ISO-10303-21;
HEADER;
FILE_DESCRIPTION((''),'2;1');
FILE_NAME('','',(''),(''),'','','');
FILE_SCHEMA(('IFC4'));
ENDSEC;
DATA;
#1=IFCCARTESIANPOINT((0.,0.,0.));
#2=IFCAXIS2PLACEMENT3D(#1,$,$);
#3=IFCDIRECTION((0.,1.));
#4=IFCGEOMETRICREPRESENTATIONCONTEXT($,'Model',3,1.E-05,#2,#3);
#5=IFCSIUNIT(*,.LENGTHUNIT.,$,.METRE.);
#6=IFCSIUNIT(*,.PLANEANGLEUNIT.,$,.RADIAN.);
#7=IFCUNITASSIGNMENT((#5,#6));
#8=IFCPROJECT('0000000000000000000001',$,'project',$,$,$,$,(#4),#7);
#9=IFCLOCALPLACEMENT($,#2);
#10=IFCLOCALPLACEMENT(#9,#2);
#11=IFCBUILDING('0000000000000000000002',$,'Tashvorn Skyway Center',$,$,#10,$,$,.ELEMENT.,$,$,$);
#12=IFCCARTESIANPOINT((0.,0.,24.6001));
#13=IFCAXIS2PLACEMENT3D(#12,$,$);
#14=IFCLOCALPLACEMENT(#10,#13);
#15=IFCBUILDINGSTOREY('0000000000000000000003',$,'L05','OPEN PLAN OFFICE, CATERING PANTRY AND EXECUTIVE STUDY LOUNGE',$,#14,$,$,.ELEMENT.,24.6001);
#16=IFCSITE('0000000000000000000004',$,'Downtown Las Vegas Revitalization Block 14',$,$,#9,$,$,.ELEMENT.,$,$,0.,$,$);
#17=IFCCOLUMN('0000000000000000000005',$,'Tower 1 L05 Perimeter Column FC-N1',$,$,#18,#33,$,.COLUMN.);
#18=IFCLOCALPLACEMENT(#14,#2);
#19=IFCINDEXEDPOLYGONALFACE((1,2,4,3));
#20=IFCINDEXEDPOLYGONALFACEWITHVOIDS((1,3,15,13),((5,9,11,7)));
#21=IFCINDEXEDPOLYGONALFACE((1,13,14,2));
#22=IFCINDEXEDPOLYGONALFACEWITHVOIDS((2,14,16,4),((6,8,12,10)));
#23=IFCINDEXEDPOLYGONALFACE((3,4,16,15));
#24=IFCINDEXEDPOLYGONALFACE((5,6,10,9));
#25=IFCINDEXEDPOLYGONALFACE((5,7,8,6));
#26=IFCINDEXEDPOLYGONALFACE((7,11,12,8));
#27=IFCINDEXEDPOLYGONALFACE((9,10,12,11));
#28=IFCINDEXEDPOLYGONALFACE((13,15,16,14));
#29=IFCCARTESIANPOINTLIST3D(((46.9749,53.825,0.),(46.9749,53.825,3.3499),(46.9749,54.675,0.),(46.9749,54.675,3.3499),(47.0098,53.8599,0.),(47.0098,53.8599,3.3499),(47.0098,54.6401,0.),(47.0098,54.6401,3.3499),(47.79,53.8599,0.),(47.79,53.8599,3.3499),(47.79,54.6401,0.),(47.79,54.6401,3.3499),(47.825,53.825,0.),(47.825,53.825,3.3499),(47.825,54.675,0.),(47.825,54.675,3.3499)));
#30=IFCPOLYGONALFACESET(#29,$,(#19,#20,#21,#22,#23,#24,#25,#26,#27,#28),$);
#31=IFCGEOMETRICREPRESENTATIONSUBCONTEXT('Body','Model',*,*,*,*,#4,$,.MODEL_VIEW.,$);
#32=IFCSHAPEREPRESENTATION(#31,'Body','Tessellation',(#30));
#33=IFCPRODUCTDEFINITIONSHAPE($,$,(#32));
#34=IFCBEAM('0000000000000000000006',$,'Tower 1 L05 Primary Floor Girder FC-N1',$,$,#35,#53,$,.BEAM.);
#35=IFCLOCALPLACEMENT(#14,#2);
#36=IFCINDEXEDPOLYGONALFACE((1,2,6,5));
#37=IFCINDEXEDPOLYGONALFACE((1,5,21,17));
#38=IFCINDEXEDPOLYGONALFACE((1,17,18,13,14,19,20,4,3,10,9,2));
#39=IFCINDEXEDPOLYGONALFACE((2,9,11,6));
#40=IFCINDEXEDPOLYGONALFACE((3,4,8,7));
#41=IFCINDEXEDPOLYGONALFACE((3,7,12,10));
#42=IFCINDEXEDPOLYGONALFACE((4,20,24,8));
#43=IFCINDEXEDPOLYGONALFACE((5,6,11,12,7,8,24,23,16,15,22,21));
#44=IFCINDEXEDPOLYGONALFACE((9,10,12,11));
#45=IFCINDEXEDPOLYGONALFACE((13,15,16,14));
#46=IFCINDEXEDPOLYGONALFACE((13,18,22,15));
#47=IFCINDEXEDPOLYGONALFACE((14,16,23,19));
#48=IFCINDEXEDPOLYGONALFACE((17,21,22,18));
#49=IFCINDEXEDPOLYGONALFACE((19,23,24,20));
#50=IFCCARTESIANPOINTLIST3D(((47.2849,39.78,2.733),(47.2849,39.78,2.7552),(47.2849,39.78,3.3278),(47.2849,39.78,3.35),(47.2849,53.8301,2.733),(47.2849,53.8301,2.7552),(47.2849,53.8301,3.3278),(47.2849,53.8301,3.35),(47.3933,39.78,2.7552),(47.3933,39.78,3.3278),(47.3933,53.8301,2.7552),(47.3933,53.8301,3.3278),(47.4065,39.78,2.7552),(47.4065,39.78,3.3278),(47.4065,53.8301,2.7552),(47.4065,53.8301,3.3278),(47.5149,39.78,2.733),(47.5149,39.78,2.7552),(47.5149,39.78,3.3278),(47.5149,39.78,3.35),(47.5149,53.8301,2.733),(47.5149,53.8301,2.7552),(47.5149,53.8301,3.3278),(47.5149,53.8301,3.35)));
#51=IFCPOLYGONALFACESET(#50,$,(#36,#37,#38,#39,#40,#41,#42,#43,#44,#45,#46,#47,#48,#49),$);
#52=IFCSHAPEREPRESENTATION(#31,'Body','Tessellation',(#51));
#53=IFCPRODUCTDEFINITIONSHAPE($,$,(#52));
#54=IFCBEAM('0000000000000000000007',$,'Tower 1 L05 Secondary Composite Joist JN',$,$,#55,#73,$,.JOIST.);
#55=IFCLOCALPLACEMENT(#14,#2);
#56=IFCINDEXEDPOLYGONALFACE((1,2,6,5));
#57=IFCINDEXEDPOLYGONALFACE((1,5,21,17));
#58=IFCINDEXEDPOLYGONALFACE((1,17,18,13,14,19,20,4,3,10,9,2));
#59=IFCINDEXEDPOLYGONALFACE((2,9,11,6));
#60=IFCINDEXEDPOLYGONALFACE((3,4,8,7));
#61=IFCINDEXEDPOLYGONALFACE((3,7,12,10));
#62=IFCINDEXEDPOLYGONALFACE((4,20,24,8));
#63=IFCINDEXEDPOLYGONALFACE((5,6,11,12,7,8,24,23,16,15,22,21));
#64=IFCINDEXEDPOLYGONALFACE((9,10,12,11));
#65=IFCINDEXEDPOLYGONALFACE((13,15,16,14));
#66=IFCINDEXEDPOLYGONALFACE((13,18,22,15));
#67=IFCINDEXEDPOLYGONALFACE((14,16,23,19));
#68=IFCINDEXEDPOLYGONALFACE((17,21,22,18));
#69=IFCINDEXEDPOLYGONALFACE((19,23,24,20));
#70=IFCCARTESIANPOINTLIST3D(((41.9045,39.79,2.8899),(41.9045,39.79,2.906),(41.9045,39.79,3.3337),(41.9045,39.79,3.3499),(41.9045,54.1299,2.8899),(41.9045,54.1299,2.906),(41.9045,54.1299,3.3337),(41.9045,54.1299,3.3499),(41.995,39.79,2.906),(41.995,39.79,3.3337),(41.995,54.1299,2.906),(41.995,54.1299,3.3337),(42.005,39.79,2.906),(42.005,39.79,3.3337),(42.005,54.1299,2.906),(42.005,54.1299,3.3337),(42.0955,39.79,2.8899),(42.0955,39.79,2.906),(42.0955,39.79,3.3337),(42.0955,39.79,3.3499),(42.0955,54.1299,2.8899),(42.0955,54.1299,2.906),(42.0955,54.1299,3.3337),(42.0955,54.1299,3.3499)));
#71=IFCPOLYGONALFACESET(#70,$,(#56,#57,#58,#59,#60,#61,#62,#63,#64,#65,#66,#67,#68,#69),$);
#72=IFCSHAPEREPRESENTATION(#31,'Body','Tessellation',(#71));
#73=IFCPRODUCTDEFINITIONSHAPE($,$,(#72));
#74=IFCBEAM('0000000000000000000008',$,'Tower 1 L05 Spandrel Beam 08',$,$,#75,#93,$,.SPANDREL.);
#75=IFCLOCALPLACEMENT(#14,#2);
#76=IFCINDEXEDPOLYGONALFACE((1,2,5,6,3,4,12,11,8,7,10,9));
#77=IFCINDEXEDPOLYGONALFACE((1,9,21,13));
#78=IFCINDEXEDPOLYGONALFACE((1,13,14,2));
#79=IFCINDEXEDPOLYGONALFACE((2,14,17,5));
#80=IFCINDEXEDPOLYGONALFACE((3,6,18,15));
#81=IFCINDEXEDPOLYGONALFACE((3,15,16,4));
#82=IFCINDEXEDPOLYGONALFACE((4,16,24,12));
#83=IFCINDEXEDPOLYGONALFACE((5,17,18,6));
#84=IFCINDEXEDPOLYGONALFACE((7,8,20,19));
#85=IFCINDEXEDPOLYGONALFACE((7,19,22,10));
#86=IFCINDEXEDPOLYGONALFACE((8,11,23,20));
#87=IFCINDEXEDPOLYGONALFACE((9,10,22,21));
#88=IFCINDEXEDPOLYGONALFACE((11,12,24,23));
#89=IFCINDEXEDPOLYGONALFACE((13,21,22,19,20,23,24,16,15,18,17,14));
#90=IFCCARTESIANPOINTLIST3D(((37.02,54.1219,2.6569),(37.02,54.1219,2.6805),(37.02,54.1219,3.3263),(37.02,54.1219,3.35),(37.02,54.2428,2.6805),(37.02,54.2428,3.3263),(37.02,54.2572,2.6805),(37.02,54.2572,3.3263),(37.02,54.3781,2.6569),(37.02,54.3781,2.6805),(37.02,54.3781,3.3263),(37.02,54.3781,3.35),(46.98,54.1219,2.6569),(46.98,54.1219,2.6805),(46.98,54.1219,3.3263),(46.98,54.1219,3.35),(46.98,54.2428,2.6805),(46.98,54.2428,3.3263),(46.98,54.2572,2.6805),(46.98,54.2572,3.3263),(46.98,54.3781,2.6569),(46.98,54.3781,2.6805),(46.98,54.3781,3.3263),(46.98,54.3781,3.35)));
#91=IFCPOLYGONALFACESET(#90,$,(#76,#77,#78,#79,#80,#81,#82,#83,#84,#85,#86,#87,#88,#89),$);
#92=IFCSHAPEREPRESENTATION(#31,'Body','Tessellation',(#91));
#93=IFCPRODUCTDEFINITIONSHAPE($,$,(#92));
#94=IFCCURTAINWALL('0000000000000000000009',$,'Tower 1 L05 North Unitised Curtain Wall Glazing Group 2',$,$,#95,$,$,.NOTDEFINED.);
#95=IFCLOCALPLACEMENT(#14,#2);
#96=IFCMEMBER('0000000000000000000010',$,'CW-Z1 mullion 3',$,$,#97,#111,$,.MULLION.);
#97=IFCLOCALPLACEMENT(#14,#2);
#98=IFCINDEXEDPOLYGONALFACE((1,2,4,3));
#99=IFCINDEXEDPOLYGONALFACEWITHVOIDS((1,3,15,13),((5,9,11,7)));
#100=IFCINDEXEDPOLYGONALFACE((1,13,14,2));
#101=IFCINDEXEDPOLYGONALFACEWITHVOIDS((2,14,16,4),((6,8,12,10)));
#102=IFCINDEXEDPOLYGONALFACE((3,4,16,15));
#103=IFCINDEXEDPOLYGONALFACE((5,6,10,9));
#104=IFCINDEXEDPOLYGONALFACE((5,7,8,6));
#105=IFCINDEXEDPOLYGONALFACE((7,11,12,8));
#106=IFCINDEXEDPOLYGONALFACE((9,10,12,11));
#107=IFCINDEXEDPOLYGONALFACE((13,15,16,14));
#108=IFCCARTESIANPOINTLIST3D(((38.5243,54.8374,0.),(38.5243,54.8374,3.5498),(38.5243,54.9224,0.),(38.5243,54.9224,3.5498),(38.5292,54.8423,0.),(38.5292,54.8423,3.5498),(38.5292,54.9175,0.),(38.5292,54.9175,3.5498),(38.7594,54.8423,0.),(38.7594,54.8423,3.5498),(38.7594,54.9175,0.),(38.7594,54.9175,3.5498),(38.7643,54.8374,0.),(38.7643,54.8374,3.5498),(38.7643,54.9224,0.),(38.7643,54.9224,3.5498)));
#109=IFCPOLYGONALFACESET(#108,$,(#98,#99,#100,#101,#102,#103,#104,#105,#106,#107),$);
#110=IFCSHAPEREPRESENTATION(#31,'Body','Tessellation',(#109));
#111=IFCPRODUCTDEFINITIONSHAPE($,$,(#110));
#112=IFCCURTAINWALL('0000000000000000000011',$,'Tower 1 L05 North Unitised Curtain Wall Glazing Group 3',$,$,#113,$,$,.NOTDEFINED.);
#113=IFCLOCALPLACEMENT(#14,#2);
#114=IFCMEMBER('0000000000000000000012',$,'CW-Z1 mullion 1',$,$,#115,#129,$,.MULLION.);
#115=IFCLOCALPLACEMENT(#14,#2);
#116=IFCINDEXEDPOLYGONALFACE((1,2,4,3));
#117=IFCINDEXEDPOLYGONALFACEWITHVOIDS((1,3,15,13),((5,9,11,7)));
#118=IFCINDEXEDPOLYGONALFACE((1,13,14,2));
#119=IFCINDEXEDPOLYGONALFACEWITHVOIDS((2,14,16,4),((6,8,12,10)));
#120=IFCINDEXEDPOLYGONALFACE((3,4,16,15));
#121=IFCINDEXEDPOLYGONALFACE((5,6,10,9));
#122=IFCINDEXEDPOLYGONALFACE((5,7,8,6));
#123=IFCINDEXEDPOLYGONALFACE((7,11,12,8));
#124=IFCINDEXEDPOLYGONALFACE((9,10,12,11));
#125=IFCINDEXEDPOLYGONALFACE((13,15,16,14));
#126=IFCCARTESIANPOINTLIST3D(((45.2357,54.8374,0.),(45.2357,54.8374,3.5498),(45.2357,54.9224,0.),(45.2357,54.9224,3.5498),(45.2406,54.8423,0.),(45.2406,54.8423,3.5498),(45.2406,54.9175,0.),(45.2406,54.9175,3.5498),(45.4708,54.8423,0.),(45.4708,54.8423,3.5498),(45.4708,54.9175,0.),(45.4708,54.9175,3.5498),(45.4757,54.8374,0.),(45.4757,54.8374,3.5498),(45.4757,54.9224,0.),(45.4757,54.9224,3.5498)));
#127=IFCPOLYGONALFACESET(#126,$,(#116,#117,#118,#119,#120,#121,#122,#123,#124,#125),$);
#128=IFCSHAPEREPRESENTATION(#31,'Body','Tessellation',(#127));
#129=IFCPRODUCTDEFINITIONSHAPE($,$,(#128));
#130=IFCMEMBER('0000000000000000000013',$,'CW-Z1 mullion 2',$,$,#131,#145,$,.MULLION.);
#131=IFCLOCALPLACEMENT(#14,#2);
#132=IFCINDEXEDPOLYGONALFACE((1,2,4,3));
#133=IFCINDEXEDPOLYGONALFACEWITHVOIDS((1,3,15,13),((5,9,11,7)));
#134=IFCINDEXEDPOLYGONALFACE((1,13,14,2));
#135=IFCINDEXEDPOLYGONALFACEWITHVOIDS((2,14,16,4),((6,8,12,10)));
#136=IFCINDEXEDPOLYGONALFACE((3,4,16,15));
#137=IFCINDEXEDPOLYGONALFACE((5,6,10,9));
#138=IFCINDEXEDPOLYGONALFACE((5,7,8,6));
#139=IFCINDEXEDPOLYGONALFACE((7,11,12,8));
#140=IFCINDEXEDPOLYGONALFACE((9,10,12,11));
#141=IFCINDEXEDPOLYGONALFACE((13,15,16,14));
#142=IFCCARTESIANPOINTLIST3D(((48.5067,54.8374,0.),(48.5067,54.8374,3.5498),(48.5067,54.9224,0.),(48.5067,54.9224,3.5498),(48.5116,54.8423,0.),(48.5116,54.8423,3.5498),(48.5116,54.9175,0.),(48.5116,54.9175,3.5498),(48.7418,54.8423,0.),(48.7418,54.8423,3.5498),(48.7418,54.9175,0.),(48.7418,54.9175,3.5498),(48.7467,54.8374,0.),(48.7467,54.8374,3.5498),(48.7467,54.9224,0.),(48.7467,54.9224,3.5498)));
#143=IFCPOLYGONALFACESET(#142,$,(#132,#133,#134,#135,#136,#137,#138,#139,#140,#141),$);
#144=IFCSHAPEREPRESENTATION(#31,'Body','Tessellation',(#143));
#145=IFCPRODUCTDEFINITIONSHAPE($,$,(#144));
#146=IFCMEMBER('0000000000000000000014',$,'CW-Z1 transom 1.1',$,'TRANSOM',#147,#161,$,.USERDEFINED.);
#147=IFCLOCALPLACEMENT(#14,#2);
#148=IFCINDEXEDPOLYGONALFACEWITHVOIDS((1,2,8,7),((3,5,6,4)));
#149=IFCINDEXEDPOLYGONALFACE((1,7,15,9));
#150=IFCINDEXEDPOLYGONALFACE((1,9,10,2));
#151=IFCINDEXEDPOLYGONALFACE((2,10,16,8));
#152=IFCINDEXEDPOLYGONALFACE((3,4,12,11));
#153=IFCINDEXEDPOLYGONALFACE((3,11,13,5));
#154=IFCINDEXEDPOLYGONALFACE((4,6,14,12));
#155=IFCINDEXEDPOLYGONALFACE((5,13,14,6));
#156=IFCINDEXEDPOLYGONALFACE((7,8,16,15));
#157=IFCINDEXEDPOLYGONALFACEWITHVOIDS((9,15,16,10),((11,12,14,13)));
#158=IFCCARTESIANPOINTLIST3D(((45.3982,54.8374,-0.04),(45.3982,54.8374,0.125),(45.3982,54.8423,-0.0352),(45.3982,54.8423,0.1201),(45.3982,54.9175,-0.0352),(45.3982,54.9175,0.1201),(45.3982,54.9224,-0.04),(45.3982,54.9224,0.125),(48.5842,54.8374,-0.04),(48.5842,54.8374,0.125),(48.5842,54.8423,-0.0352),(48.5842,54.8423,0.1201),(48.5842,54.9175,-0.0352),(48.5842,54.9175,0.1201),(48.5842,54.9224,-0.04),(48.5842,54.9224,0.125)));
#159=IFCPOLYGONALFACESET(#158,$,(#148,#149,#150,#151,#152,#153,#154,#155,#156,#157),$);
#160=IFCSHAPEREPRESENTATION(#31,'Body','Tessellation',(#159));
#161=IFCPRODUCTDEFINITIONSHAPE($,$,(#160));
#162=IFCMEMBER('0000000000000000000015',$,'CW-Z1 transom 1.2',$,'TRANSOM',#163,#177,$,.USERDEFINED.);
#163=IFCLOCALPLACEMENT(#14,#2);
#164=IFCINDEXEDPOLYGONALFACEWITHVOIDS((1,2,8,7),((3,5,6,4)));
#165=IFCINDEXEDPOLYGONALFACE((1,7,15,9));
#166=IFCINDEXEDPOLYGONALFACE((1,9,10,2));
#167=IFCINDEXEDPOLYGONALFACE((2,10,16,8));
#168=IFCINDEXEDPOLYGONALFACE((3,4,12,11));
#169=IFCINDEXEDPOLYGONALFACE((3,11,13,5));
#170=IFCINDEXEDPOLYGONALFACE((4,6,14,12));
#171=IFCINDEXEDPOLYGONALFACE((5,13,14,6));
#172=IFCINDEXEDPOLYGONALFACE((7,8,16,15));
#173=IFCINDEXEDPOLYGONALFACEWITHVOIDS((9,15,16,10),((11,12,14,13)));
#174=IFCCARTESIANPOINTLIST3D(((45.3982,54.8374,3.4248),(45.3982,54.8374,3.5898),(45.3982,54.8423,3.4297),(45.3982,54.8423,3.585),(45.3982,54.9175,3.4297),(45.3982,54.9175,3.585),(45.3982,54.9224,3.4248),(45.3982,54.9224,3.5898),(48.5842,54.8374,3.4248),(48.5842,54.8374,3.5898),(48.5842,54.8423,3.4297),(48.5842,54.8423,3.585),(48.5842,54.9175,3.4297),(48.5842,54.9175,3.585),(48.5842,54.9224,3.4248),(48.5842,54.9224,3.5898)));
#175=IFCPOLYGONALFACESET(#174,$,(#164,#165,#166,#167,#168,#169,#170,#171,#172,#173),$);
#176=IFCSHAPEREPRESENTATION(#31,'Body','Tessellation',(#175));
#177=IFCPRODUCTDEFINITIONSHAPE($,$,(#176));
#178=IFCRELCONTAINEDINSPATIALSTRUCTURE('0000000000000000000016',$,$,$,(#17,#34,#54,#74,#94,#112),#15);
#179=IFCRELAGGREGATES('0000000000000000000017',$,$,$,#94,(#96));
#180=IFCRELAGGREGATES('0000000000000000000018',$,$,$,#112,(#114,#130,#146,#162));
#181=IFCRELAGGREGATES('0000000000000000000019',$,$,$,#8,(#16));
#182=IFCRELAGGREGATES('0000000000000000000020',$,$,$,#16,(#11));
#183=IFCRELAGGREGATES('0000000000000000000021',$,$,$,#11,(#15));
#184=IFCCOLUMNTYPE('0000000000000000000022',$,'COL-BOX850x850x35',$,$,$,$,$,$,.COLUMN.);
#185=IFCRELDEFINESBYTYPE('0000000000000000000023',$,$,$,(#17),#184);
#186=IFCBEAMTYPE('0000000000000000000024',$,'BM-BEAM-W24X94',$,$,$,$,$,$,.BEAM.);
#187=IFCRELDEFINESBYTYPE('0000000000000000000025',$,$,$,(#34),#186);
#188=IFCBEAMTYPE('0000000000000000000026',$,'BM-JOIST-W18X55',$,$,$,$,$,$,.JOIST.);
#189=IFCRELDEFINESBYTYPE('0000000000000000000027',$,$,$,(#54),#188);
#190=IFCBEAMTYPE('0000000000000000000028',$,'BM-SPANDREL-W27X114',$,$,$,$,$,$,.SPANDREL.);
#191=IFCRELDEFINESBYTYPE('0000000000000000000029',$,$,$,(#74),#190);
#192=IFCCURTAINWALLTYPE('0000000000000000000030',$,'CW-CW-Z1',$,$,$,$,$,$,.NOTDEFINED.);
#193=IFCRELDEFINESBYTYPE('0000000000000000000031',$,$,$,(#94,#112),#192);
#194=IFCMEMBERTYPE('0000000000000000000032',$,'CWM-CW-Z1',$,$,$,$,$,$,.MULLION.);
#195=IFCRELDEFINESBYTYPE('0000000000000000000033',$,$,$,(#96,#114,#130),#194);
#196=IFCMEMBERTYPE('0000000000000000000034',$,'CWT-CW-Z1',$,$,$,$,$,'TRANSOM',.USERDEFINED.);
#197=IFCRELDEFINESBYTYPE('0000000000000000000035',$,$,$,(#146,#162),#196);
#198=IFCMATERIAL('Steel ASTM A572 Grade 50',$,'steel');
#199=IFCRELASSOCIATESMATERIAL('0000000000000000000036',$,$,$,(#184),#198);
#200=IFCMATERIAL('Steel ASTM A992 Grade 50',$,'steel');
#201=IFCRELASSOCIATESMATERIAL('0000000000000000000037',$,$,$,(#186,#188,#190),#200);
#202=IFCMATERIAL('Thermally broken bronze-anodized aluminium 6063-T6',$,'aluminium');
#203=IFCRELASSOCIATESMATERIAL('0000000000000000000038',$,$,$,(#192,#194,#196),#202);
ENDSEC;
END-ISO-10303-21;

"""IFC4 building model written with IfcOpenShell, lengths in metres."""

from ifc_helpers import new_model, si_unit, direction, frame, origin, origin_2d, place, context, subcontext, project, spatial, hollow_rectangle, i_section, extrude, material, material_profile, profile_set, type_object, element, aggregate, save


model = new_model("IFC4")

# Units and contexts
model_context = context("Model", 3, precision=1e-05, world=origin(), true_north=direction((0.0, 1.0)))
body_context = subcontext(model_context, "Body", "Model", "MODEL_VIEW")
ifc_project = project(units=[si_unit("LENGTHUNIT", "METRE"), si_unit("PLANEANGLEUNIT", "RADIAN")], contexts=[model_context])

# Site, building, storey
site_placement = place(None, origin())
site = spatial("IfcSite", under=ifc_project, at=site_placement, Name="Downtown Las Vegas Revitalization Block 14", CompositionType="ELEMENT", RefElevation=0.0)
building_placement = place(site_placement, origin())
building = spatial("IfcBuilding", under=site, at=building_placement, Name="Tashvorn Skyway Center", CompositionType="ELEMENT")
storey_placement = place(building_placement, frame((0.0, 0.0, 24.6001)))
storey = spatial("IfcBuildingStorey", under=building, at=storey_placement, Name="L05", Description="OPEN PLAN OFFICE, CATERING PANTRY AND EXECUTIVE STUDY LOUNGE", CompositionType="ELEMENT", Elevation=24.6001)

# Column
ifc_material_1 = material(Name="Steel ASTM A572 Grade 50", Category="steel")
ifc_material_profile_1 = material_profile(ifc_material_1, hollow_rectangle(XDim=0.8501, YDim=0.8501, WallThickness=0.0349, at=origin_2d()), Name="BOX850x850x35")
ifc_profile_set_1 = profile_set([ifc_material_profile_1], Name="Steel ASTM A572 Grade 50")
column_type = type_object("IfcColumnType", Name="COL-BOX850x850x35", PredefinedType="COLUMN", material=ifc_profile_set_1)
column_placement = place(storey_placement, frame((47.3999, 54.25, 0.0), z_axis=(0.0, 0.0, 1.0), x_axis=(1.0, 0.0, 0.0)))
element("IfcColumn", 1, at=column_placement, inside=storey, type_object=column_type, Name="Tower 1 L05 Perimeter Column FC-N1", PredefinedType="COLUMN", context=body_context, shape_type="SweptSolid", body=[
    extrude(hollow_rectangle(XDim=0.8501, YDim=0.8501, WallThickness=0.0349, at=origin_2d()), origin(), (0.0, 0.0, 1.0), 3.3499),
])

# Beams
ifc_material_2 = material(Name="Steel ASTM A992 Grade 50", Category="steel")
ifc_material_profile_2 = material_profile(ifc_material_2, i_section(OverallWidth=0.23, OverallDepth=0.6169, WebThickness=0.0132, FlangeThickness=0.0222, at=origin_2d()), Name="W24X94")
ifc_profile_set_2 = profile_set([ifc_material_profile_2], Name="Steel ASTM A992 Grade 50")
beam_type_1 = type_object("IfcBeamType", Name="BM-BEAM-W24X94", PredefinedType="BEAM", material=ifc_profile_set_2)
beam_1_placement = place(storey_placement, frame((47.3999, 53.8301, 3.0415), z_axis=(0.0, -1.0, 0.0), x_axis=(1.0, 0.0, 0.0)))
element("IfcBeam", 2, at=beam_1_placement, inside=storey, type_object=beam_type_1, Name="Tower 1 L05 Primary Floor Girder FC-N1", PredefinedType="BEAM", context=body_context, shape_type="SweptSolid", body=[
    extrude(i_section(OverallWidth=0.23, OverallDepth=0.6169, WebThickness=0.0132, FlangeThickness=0.0222, at=origin_2d()), origin(), (0.0, 0.0, 1.0), 14.05),
])
ifc_material_profile_3 = material_profile(ifc_material_2, i_section(OverallWidth=0.1909, OverallDepth=0.46, WebThickness=0.01, FlangeThickness=0.0161, at=origin_2d()), Name="W18X55")
ifc_profile_set_3 = profile_set([ifc_material_profile_3], Name="Steel ASTM A992 Grade 50")
beam_type_2 = type_object("IfcBeamType", Name="BM-JOIST-W18X55", PredefinedType="JOIST", material=ifc_profile_set_3)
beam_2_placement = place(storey_placement, frame((42.0, 39.79, 3.1199), z_axis=(0.0, 1.0, 0.0), x_axis=(-1.0, 0.0, 0.0)))
element("IfcBeam", 3, at=beam_2_placement, inside=storey, type_object=beam_type_2, Name="Tower 1 L05 Secondary Composite Joist JN", PredefinedType="JOIST", context=body_context, shape_type="SweptSolid", body=[
    extrude(i_section(OverallWidth=0.1909, OverallDepth=0.46, WebThickness=0.01, FlangeThickness=0.0161, at=origin_2d()), origin(), (0.0, 0.0, 1.0), 14.3398),
])
ifc_material_profile_4 = material_profile(ifc_material_2, i_section(OverallWidth=0.2561, OverallDepth=0.6931, WebThickness=0.0144, FlangeThickness=0.0237, at=origin_2d()), Name="W27X114")
ifc_profile_set_4 = profile_set([ifc_material_profile_4], Name="Steel ASTM A992 Grade 50")
beam_type_3 = type_object("IfcBeamType", Name="BM-SPANDREL-W27X114", PredefinedType="SPANDREL", material=ifc_profile_set_4)
beam_3_placement = place(storey_placement, frame((46.98, 54.25, 3.0034), z_axis=(-1.0, 0.0, 0.0), x_axis=(0.0, -1.0, 0.0)))
element("IfcBeam", 4, at=beam_3_placement, inside=storey, type_object=beam_type_3, Name="Tower 1 L05 Spandrel Beam 08", PredefinedType="SPANDREL", context=body_context, shape_type="SweptSolid", body=[
    extrude(i_section(OverallWidth=0.2561, OverallDepth=0.6931, WebThickness=0.0144, FlangeThickness=0.0237, at=origin_2d()), origin(), (0.0, 0.0, 1.0), 9.96),
])

# Curtain wall, member
ifc_material_3 = material(Name="Thermally broken bronze-anodized aluminium 6063-T6", Category="aluminium")
curtain_wall_type = type_object("IfcCurtainWallType", Name="CW-CW-Z1", PredefinedType="NOTDEFINED", material=ifc_material_3)
curtain_wall_1_placement = place(storey_placement, origin())
curtain_wall_1 = element("IfcCurtainWall", 5, at=curtain_wall_1_placement, inside=storey, type_object=curtain_wall_type, Name="Tower 1 L05 North Unitised Curtain Wall Glazing Group 2", PredefinedType="NOTDEFINED")
ifc_material_profile_5 = material_profile(ifc_material_3, hollow_rectangle(XDim=0.085, YDim=0.24, WallThickness=0.0049, at=origin_2d()), Name="ALU-MULL-85x240")
ifc_profile_set_5 = profile_set([ifc_material_profile_5], Name="Thermally broken bronze-anodized aluminium 6063-T6")
member_type_1 = type_object("IfcMemberType", Name="CWM-CW-Z1", PredefinedType="MULLION", material=ifc_profile_set_5)
member_1_placement = place(storey_placement, frame((38.6443, 54.8799, 0.0), z_axis=(0.0, 0.0, 1.0), x_axis=(0.0, 1.0, 0.0)))
member_1 = element("IfcMember", 6, at=member_1_placement, type_object=member_type_1, Name="CW-Z1 mullion 3", PredefinedType="MULLION", context=body_context, shape_type="SweptSolid", body=[
    extrude(hollow_rectangle(XDim=0.085, YDim=0.24, WallThickness=0.0049, at=origin_2d()), origin(), (0.0, 0.0, 1.0), 3.5498),
])
aggregate(curtain_wall_1, [member_1])

# Curtain wall, members
curtain_wall_2_placement = place(storey_placement, origin())
curtain_wall_2 = element("IfcCurtainWall", 7, at=curtain_wall_2_placement, inside=storey, type_object=curtain_wall_type, Name="Tower 1 L05 North Unitised Curtain Wall Glazing Group 3", PredefinedType="NOTDEFINED")
member_2_placement = place(storey_placement, frame((45.3557, 54.8799, 0.0), z_axis=(0.0, 0.0, 1.0), x_axis=(0.0, 1.0, 0.0)))
member_2 = element("IfcMember", 8, at=member_2_placement, type_object=member_type_1, Name="CW-Z1 mullion 1", PredefinedType="MULLION", context=body_context, shape_type="SweptSolid", body=[
    extrude(hollow_rectangle(XDim=0.085, YDim=0.24, WallThickness=0.0049, at=origin_2d()), origin(), (0.0, 0.0, 1.0), 3.5498),
])
member_3_placement = place(storey_placement, frame((48.6267, 54.8799, 0.0), z_axis=(0.0, 0.0, 1.0), x_axis=(0.0, 1.0, 0.0)))
member_3 = element("IfcMember", 9, at=member_3_placement, type_object=member_type_1, Name="CW-Z1 mullion 2", PredefinedType="MULLION", context=body_context, shape_type="SweptSolid", body=[
    extrude(hollow_rectangle(XDim=0.085, YDim=0.24, WallThickness=0.0049, at=origin_2d()), origin(), (0.0, 0.0, 1.0), 3.5498),
])
ifc_material_profile_6 = material_profile(ifc_material_3, hollow_rectangle(XDim=0.085, YDim=0.165, WallThickness=0.0049, at=origin_2d()), Name="ALU-TRAN-85x165")
ifc_profile_set_6 = profile_set([ifc_material_profile_6], Name="Thermally broken bronze-anodized aluminium 6063-T6")
member_type_2 = type_object("IfcMemberType", Name="CWT-CW-Z1", ElementType="TRANSOM", PredefinedType="USERDEFINED", material=ifc_profile_set_6)
member_4_placement = place(storey_placement, frame((45.3982, 54.8799, 0.0425), z_axis=(1.0, 0.0, 0.0), x_axis=(0.0, 1.0, 0.0)))
member_4 = element("IfcMember", 10, at=member_4_placement, type_object=member_type_2, Name="CW-Z1 transom 1.1", ObjectType="TRANSOM", PredefinedType="USERDEFINED", context=body_context, shape_type="SweptSolid", body=[
    extrude(hollow_rectangle(XDim=0.085, YDim=0.165, WallThickness=0.0049, at=origin_2d()), origin(), (0.0, 0.0, 1.0), 3.186),
])
member_5_placement = place(storey_placement, frame((45.3982, 54.8799, 3.5073), z_axis=(1.0, 0.0, 0.0), x_axis=(0.0, 1.0, 0.0)))
member_5 = element("IfcMember", 11, at=member_5_placement, type_object=member_type_2, Name="CW-Z1 transom 1.2", ObjectType="TRANSOM", PredefinedType="USERDEFINED", context=body_context, shape_type="SweptSolid", body=[
    extrude(hollow_rectangle(XDim=0.085, YDim=0.165, WallThickness=0.0049, at=origin_2d()), origin(), (0.0, 0.0, 1.0), 3.186),
])

aggregate(curtain_wall_2, [member_2, member_3, member_4, member_5])

save(model, "model.ifc")
